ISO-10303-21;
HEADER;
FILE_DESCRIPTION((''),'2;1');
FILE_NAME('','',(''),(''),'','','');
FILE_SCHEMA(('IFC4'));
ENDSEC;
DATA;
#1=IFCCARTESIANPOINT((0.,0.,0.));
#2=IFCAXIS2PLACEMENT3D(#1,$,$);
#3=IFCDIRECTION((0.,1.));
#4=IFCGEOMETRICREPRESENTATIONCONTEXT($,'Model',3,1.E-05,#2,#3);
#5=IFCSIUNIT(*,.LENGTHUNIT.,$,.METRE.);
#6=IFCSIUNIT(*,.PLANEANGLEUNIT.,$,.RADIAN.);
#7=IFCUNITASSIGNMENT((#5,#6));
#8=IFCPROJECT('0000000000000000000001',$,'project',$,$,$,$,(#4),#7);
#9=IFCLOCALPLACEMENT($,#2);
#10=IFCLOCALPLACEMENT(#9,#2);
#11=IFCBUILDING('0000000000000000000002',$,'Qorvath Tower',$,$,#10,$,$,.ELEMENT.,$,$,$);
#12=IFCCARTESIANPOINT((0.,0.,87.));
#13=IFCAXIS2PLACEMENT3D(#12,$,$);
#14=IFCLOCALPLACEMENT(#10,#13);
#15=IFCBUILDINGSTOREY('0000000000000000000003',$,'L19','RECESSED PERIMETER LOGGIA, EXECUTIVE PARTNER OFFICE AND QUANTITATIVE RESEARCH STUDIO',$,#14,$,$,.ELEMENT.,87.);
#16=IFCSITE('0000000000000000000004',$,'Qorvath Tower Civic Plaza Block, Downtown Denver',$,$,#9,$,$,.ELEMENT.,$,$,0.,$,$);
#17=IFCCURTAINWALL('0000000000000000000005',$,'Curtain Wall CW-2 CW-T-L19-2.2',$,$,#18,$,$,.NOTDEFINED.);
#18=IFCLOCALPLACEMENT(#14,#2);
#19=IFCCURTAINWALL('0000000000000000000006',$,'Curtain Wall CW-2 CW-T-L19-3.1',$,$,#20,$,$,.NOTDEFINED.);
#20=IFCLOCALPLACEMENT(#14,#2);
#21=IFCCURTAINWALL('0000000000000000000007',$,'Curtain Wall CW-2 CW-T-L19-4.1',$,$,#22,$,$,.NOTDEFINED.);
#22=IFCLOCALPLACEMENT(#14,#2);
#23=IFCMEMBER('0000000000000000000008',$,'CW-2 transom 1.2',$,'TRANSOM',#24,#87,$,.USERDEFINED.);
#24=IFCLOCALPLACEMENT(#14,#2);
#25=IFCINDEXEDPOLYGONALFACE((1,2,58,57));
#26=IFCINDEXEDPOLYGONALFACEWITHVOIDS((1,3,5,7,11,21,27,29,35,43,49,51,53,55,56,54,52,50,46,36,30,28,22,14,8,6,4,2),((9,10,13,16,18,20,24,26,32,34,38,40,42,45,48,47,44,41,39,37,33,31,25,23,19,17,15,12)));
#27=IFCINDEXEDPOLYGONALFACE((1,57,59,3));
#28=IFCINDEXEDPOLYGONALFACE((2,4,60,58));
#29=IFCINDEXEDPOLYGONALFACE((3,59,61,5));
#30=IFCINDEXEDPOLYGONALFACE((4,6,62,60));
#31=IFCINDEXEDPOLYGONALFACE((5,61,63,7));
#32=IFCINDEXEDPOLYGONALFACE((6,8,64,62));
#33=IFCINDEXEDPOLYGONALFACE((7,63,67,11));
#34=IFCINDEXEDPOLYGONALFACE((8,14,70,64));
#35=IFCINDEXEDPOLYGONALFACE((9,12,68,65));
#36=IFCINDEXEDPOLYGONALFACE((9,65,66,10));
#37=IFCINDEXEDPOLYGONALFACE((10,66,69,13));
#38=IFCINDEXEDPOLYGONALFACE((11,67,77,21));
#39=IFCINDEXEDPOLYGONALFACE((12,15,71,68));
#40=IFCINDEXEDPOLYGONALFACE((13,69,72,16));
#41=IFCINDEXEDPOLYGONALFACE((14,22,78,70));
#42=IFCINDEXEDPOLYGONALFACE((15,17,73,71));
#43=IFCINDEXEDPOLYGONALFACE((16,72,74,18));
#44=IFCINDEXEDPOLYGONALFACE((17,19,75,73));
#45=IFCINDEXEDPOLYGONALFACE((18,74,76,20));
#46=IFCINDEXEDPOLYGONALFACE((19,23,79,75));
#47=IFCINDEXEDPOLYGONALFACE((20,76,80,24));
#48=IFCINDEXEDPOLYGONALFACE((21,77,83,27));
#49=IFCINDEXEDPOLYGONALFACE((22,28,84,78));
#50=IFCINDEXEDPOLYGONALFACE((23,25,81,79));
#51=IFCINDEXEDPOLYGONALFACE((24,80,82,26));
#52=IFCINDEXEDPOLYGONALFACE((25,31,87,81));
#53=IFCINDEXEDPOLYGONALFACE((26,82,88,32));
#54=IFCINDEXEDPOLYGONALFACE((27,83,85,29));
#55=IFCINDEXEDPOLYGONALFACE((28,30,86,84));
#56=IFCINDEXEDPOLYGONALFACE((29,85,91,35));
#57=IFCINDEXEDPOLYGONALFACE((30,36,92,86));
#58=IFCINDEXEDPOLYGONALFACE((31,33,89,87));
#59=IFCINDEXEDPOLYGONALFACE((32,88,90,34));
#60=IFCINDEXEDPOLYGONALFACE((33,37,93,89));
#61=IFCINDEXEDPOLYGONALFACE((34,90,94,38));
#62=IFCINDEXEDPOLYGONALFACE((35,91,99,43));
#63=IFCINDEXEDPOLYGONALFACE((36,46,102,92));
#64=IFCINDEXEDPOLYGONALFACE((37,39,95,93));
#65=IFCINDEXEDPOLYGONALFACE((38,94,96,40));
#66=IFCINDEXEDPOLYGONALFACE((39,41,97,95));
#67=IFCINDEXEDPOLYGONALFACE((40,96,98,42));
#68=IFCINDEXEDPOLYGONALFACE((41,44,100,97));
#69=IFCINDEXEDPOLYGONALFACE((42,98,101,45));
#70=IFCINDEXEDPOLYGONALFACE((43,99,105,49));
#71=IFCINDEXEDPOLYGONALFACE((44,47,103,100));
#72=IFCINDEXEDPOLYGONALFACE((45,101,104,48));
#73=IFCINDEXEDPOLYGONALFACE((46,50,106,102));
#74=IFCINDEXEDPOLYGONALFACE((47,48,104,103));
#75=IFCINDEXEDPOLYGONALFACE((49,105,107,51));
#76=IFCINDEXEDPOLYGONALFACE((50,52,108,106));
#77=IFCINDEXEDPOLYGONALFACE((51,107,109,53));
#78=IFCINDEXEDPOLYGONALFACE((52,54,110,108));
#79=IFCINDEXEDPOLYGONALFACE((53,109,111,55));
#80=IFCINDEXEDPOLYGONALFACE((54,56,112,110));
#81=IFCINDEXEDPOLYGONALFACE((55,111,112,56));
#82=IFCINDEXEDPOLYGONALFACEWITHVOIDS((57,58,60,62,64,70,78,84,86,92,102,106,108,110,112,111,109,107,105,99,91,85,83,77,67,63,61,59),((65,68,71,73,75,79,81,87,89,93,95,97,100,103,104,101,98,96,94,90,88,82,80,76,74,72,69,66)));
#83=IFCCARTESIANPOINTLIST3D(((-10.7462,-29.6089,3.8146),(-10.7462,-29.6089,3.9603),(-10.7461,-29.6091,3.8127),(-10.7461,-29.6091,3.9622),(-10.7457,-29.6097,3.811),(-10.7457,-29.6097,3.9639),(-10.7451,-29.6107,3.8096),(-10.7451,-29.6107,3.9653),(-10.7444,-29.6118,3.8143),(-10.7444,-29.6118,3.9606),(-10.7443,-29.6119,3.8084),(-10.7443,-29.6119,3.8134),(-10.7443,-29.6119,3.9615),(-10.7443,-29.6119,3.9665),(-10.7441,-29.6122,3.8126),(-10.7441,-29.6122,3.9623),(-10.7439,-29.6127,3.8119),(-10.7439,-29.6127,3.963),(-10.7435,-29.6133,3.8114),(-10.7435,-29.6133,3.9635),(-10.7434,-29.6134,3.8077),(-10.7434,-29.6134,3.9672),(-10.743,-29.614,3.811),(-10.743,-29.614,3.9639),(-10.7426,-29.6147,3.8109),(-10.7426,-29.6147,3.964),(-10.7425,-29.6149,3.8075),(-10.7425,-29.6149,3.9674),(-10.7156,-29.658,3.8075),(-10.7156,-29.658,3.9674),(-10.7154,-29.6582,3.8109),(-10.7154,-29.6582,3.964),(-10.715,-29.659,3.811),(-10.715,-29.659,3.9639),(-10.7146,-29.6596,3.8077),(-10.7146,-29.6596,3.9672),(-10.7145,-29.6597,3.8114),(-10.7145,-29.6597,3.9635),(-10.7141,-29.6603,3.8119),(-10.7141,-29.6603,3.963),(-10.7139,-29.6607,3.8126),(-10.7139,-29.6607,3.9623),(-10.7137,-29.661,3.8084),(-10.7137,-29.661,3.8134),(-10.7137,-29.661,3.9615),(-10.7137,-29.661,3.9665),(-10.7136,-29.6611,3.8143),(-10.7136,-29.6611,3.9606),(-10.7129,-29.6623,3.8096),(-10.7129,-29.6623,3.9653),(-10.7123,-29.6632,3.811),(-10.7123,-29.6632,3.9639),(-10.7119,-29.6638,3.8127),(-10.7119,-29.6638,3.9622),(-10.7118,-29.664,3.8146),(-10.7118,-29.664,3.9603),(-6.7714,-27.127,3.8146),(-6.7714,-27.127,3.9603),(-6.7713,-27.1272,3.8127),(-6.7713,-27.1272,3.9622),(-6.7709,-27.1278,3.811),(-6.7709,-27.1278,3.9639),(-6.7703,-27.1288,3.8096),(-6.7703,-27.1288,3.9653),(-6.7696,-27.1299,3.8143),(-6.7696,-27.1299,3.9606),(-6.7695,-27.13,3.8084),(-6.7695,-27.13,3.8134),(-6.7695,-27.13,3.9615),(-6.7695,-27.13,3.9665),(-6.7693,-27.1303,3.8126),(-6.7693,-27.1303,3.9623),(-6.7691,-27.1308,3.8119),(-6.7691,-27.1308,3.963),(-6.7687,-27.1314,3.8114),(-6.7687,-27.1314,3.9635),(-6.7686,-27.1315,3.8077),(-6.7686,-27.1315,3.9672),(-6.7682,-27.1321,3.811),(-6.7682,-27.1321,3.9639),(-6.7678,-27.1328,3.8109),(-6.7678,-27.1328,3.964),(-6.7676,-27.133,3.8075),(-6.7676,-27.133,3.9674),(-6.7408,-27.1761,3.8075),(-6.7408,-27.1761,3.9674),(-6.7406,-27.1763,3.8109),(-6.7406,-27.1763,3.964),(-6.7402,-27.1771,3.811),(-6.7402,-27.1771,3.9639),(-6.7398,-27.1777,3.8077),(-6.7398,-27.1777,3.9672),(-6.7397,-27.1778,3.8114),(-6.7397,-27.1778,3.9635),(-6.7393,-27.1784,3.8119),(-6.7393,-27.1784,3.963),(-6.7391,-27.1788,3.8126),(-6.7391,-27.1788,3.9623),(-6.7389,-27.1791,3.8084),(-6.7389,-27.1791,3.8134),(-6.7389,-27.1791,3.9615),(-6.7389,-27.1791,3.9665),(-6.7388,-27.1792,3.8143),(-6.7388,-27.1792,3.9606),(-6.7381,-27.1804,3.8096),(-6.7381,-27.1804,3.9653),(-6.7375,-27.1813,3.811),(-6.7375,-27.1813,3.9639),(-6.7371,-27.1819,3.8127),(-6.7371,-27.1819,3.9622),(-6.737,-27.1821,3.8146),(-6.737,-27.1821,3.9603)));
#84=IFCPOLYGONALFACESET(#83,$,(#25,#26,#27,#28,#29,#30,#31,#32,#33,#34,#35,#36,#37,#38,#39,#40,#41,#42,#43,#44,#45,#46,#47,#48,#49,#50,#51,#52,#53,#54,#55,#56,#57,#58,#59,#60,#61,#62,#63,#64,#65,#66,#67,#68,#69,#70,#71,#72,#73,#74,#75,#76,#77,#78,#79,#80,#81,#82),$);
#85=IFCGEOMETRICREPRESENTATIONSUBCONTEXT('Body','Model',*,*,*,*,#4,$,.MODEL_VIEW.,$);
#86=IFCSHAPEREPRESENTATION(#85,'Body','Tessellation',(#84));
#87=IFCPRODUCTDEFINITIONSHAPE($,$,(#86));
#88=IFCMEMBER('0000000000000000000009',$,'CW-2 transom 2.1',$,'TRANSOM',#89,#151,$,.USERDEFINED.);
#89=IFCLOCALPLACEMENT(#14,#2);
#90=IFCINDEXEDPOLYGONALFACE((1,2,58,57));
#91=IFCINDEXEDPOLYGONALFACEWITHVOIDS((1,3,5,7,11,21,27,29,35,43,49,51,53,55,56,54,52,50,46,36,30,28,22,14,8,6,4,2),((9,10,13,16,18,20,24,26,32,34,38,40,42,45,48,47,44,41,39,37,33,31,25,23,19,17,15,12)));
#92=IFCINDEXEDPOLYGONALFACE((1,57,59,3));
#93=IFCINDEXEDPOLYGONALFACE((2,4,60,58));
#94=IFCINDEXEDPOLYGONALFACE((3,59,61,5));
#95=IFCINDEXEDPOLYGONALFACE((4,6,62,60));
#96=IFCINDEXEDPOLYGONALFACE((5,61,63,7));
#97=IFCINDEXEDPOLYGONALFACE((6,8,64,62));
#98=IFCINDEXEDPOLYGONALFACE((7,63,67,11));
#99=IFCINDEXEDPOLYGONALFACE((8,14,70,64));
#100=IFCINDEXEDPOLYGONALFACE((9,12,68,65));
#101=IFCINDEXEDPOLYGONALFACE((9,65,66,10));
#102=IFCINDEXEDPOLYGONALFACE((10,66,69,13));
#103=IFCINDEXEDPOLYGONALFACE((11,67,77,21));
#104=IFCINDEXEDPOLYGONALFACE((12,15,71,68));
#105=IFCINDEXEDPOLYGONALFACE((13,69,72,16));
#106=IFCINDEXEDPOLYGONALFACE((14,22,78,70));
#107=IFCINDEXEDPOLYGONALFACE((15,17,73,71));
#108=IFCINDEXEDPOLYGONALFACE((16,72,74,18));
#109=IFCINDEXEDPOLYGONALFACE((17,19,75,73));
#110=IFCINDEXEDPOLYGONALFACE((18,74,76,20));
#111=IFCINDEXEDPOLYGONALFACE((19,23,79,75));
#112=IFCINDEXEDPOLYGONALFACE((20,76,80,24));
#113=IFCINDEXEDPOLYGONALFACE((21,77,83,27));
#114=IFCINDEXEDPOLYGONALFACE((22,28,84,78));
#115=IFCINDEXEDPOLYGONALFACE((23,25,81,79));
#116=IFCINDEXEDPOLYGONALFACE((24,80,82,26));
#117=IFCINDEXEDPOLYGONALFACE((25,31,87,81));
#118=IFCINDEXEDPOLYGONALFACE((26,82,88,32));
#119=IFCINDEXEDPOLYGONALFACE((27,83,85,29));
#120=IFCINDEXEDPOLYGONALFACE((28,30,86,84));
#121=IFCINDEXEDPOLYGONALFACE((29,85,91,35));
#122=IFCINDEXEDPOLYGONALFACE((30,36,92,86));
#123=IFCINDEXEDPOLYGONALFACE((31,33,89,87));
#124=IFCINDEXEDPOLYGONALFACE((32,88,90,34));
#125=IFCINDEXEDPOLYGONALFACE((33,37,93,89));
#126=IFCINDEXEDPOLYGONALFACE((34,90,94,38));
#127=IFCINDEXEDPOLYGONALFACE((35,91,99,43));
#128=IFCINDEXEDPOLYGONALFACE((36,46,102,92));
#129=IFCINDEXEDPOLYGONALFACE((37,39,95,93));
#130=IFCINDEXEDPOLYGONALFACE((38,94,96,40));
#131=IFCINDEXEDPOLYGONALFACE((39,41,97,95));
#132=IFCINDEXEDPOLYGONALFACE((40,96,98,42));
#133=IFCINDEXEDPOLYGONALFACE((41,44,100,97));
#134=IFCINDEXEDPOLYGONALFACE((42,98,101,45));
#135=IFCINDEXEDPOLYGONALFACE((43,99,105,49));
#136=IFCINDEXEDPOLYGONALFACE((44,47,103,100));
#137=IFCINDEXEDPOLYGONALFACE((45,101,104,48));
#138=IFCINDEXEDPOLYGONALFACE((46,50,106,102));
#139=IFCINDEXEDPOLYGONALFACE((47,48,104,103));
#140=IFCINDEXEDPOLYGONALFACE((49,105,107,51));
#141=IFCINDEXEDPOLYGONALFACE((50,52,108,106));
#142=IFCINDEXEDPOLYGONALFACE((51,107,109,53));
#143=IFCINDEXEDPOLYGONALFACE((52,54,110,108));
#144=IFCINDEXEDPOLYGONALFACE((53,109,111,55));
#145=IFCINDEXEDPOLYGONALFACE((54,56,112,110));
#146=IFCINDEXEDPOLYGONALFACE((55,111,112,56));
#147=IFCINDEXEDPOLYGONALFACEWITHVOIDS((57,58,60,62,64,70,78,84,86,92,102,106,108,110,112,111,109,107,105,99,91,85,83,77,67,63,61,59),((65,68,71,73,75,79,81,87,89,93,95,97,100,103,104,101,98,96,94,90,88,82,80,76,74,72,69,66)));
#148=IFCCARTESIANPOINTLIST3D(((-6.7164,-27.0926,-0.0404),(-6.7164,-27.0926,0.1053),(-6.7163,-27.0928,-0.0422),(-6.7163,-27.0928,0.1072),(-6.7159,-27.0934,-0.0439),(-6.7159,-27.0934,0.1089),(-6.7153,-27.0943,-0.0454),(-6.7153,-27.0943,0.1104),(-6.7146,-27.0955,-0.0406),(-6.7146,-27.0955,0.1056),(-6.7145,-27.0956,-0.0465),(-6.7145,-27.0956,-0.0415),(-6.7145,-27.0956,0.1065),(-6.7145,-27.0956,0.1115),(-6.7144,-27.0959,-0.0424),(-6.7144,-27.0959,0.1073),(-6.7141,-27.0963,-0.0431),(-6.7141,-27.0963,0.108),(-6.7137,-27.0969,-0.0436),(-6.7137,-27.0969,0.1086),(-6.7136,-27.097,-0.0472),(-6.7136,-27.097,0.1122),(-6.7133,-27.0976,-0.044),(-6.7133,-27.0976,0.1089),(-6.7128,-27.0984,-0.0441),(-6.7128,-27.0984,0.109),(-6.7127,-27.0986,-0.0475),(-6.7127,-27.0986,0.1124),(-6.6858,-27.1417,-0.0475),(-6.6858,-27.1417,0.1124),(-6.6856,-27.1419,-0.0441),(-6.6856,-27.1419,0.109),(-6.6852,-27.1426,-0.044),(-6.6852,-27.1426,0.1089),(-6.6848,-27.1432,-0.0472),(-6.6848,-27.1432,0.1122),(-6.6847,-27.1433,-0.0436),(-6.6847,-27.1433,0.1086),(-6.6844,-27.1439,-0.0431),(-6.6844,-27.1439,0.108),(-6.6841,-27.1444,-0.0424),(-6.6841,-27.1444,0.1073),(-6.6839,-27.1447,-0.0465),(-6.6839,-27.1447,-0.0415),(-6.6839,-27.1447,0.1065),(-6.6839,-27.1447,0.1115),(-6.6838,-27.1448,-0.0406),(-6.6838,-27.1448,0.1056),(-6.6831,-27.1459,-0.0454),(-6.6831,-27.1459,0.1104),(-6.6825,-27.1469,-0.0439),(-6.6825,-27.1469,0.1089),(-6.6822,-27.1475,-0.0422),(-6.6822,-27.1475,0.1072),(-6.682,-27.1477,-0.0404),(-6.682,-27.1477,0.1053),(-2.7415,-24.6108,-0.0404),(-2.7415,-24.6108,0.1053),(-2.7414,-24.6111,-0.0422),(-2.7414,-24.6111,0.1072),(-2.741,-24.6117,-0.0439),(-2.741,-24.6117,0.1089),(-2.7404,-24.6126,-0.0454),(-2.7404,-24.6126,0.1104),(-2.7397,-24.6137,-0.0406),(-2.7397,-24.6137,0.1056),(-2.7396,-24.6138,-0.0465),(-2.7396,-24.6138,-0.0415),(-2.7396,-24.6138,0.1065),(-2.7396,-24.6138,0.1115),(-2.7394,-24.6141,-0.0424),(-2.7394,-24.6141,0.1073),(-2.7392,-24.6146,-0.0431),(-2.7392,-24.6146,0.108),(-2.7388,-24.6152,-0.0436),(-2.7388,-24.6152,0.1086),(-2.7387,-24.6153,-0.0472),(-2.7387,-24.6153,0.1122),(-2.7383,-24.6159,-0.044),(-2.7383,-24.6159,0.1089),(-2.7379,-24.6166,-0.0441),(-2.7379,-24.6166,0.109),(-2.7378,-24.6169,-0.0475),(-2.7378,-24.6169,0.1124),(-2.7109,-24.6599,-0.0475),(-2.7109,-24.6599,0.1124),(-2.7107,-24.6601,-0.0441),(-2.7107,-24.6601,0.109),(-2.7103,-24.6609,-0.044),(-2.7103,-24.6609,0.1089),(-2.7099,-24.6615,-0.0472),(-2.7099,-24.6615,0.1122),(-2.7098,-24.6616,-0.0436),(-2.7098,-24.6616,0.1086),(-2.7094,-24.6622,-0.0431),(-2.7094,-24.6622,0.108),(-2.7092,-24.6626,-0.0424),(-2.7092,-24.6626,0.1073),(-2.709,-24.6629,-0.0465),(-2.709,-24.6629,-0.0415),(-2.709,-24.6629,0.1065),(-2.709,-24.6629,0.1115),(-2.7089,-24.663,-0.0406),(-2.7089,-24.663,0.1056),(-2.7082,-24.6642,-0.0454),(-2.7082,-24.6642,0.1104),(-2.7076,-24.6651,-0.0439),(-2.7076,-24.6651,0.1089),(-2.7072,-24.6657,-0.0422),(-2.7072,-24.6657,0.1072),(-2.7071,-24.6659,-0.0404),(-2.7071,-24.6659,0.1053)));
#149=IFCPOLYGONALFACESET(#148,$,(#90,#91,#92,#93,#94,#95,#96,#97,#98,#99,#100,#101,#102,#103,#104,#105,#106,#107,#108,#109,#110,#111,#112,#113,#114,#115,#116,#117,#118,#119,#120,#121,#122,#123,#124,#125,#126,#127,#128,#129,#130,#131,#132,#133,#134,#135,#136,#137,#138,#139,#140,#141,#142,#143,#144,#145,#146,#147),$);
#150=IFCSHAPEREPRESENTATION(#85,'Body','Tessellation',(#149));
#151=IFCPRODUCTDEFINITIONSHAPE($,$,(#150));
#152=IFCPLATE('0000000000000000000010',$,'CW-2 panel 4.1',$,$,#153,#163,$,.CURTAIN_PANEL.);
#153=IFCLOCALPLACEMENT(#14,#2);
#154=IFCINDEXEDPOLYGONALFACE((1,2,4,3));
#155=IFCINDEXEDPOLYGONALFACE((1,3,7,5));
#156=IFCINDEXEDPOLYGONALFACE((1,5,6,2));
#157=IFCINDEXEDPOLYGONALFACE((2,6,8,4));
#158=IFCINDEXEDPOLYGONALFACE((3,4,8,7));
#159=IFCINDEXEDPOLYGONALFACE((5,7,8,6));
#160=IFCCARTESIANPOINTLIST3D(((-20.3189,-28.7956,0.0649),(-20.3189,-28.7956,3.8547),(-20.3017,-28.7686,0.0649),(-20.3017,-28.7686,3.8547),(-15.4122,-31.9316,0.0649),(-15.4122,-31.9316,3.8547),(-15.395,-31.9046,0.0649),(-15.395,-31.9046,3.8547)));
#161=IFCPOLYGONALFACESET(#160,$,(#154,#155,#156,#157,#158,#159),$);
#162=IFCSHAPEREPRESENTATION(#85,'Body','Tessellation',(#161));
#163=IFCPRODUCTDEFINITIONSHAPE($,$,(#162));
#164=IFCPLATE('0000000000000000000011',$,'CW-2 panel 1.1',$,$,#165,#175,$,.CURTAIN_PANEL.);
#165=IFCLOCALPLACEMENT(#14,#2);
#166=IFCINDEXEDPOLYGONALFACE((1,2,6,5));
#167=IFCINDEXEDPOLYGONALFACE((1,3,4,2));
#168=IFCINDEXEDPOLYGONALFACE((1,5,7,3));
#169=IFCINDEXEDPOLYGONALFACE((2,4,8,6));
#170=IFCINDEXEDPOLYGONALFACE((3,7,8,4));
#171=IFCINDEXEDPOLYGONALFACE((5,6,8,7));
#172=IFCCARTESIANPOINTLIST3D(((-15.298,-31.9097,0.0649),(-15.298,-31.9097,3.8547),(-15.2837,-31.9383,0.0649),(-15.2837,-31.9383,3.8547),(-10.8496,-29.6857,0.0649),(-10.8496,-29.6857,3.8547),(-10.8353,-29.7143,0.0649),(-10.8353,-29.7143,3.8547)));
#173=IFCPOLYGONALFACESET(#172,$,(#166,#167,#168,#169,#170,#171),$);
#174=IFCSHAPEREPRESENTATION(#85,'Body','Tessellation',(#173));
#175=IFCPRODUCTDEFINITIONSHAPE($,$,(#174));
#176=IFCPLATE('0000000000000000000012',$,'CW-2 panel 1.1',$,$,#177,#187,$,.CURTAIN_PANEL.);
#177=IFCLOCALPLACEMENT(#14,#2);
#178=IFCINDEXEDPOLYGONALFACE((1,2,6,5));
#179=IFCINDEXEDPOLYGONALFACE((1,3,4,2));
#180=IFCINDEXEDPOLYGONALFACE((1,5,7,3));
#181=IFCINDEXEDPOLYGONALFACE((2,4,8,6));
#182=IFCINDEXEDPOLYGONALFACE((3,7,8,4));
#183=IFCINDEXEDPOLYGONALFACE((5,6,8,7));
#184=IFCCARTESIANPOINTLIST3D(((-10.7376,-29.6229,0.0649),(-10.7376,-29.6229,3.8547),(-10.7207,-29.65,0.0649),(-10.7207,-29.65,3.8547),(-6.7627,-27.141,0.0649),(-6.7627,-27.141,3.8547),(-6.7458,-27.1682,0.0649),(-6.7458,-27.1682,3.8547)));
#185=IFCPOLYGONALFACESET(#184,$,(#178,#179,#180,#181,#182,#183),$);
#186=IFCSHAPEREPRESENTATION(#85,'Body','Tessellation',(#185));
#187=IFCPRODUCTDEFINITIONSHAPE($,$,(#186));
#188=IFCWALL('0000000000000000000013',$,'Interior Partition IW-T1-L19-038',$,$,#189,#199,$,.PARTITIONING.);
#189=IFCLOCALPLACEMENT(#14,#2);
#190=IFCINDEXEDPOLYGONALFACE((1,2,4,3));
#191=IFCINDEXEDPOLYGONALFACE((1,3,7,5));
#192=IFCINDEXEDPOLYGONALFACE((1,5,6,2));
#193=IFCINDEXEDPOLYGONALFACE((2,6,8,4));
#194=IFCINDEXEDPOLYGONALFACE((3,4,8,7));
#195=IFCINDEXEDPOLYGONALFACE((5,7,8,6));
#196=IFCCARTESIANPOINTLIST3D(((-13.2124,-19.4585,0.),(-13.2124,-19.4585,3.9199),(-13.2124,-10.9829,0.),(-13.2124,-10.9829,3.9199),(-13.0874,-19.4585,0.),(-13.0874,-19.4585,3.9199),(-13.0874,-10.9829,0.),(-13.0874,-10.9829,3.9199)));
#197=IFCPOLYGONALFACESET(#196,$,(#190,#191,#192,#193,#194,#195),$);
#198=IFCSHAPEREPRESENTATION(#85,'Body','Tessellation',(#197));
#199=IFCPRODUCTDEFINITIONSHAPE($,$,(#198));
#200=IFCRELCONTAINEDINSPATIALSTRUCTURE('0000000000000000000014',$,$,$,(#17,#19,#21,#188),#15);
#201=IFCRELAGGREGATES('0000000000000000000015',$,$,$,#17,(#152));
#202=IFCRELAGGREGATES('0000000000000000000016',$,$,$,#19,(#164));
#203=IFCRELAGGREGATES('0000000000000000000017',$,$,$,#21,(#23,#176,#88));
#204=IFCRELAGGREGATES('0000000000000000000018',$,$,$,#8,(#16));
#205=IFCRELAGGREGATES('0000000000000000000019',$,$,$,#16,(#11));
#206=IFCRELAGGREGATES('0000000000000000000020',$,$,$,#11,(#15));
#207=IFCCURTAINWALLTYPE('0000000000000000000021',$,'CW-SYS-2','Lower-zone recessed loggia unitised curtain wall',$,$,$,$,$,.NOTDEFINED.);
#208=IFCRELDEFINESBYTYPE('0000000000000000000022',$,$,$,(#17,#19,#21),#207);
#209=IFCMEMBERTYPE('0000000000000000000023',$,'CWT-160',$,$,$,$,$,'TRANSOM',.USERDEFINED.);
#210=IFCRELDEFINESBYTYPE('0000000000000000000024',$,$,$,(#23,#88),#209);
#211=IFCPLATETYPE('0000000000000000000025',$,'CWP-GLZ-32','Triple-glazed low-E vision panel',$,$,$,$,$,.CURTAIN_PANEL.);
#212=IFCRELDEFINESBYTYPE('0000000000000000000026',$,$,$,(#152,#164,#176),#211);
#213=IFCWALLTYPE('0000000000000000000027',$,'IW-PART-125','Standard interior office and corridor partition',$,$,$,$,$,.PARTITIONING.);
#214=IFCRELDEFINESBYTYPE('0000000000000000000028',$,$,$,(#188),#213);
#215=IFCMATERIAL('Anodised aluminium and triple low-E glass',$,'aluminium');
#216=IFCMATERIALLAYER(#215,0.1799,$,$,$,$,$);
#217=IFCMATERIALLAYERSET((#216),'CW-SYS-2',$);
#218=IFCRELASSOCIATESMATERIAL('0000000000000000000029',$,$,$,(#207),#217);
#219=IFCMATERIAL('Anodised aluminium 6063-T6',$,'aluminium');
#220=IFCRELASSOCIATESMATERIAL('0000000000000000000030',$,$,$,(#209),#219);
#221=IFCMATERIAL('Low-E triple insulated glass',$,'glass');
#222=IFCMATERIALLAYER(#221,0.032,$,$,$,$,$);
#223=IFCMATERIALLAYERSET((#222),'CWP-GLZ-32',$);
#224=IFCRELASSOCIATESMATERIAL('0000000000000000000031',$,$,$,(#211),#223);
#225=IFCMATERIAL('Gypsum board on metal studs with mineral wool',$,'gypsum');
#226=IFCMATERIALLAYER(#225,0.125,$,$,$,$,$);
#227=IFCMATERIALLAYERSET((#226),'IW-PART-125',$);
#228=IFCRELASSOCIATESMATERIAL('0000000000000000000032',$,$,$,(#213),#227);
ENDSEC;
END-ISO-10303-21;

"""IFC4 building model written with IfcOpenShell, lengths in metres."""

from ifc_helpers import new_model, si_unit, direction, frame, frame_2d, origin, origin_2d, place, context, subcontext, project, spatial, rectangle, hollow_rectangle, extrude, material, layer, layer_set, material_profile, profile_set, type_object, element, aggregate, save


model = new_model("IFC4")

# Units and contexts
model_context = context("Model", 3, precision=1e-05, world=origin(), true_north=direction((0.0, 1.0)))
body_context = subcontext(model_context, "Body", "Model", "MODEL_VIEW")
ifc_project = project(units=[si_unit("LENGTHUNIT", "METRE"), si_unit("PLANEANGLEUNIT", "RADIAN")], contexts=[model_context])

# Site, building, storey
site_placement = place(None, origin())
site = spatial("IfcSite", under=ifc_project, at=site_placement, Name="Qorvath Tower Civic Plaza Block, Downtown Denver", CompositionType="ELEMENT", RefElevation=0.0)
building_placement = place(site_placement, origin())
building = spatial("IfcBuilding", under=site, at=building_placement, Name="Qorvath Tower", CompositionType="ELEMENT")
storey_placement = place(building_placement, frame((0.0, 0.0, 87.0)))
storey = spatial("IfcBuildingStorey", under=building, at=storey_placement, Name="L19", Description="RECESSED PERIMETER LOGGIA, EXECUTIVE PARTNER OFFICE AND QUANTITATIVE RESEARCH STUDIO", CompositionType="ELEMENT", Elevation=87.0)

# Curtain wall
ifc_material_1 = material(Name="Anodised aluminium and triple low-E glass", Category="aluminium")
ifc_layer_1 = layer(ifc_material_1, 0.1799)
ifc_layer_set_1 = layer_set([ifc_layer_1], Name="CW-SYS-2")
curtain_wall_type = type_object("IfcCurtainWallType", Name="CW-SYS-2", Description="Lower-zone recessed loggia unitised curtain wall", PredefinedType="NOTDEFINED", material=ifc_layer_set_1)
curtain_wall_1_placement = place(storey_placement, origin())
curtain_wall_1 = element("IfcCurtainWall", 1, at=curtain_wall_1_placement, inside=storey, type_object=curtain_wall_type, Name="Curtain Wall CW-2 CW-T-L19-2.2", PredefinedType="NOTDEFINED")

# Curtain walls
curtain_wall_2_placement = place(storey_placement, origin())
curtain_wall_2 = element("IfcCurtainWall", 2, at=curtain_wall_2_placement, inside=storey, type_object=curtain_wall_type, Name="Curtain Wall CW-2 CW-T-L19-3.1", PredefinedType="NOTDEFINED")
curtain_wall_3_placement = place(storey_placement, origin())
curtain_wall_3 = element("IfcCurtainWall", 3, at=curtain_wall_3_placement, inside=storey, type_object=curtain_wall_type, Name="Curtain Wall CW-2 CW-T-L19-4.1", PredefinedType="NOTDEFINED")

# Members
ifc_material_2 = material(Name="Anodised aluminium 6063-T6", Category="aluminium")
ifc_material_profile_1 = material_profile(ifc_material_2, hollow_rectangle(XDim=0.0649, YDim=0.1599, WallThickness=0.0034, InnerFilletRadius=0.0034, OuterFilletRadius=0.0071, at=origin_2d()), Name="CWT 160x65")
ifc_profile_set_1 = profile_set([ifc_material_profile_1], Name="Anodised aluminium 6063-T6")
member_type_1 = type_object("IfcMemberType", Name="CWT-160", ElementType="TRANSOM", PredefinedType="USERDEFINED", material=ifc_profile_set_1)
member_1_placement = place(storey_placement, frame((-10.729, -29.6365, 3.8875), z_axis=(0.848224, 0.529638, 0.0), x_axis=(-0.529638, 0.848224, 0.0)))
member_1 = element("IfcMember", 4, at=member_1_placement, type_object=member_type_1, Name="CW-2 transom 1.2", ObjectType="TRANSOM", PredefinedType="USERDEFINED", context=body_context, shape_type="SweptSolid", body=[
    extrude(hollow_rectangle(XDim=0.0649, YDim=0.1599, WallThickness=0.0034, InnerFilletRadius=0.0034, OuterFilletRadius=0.0071, at=origin_2d()), origin(), (0.0, 0.0, 1.0), 4.686),
])
member_2_placement = place(storey_placement, frame((-6.6992, -27.1201, 0.0325), z_axis=(0.848247, 0.529601, 0.0), x_axis=(-0.529601, 0.848247, 0.0)))
member_2 = element("IfcMember", 5, at=member_2_placement, type_object=member_type_1, Name="CW-2 transom 2.1", ObjectType="TRANSOM", PredefinedType="USERDEFINED", context=body_context, shape_type="SweptSolid", body=[
    extrude(hollow_rectangle(XDim=0.0649, YDim=0.1599, WallThickness=0.0034, InnerFilletRadius=0.0034, OuterFilletRadius=0.0071, at=origin_2d()), origin(), (0.0, 0.0, 1.0), 4.686),
])

# Plates
ifc_material_3 = material(Name="Low-E triple insulated glass", Category="glass")
ifc_layer_2 = layer(ifc_material_3, 0.032)
ifc_layer_set_2 = layer_set([ifc_layer_2], Name="CWP-GLZ-32")
plate_type = type_object("IfcPlateType", Name="CWP-GLZ-32", Description="Triple-glazed low-E vision panel", PredefinedType="CURTAIN_PANEL", material=ifc_layer_set_2)
plate_1_placement = place(storey_placement, frame((-17.8569, -30.3501, 0.0649), z_axis=(0.0, 0.0, 1.0), x_axis=(0.842604, -0.538533, 0.0)))
plate_1 = element("IfcPlate", 6, at=plate_1_placement, type_object=plate_type, Name="CW-2 panel 4.1", PredefinedType="CURTAIN_PANEL", context=body_context, shape_type="SweptSolid", body=[
    extrude(rectangle(XDim=5.8232, YDim=0.032, at=origin_2d()), origin(), (0.0, 0.0, 1.0), 3.7898),
])
aggregate(curtain_wall_1, [plate_1])
plate_2_placement = place(storey_placement, frame((-13.0667, -30.812, 0.0649), z_axis=(0.0, 0.0, 1.0), x_axis=(0.894439, 0.44719, 0.0)))
plate_2 = element("IfcPlate", 7, at=plate_2_placement, type_object=plate_type, Name="CW-2 panel 1.1", PredefinedType="CURTAIN_PANEL", context=body_context, shape_type="SweptSolid", body=[
    extrude(rectangle(XDim=4.9734, YDim=0.032, at=origin_2d()), origin(), (0.0, 0.0, 1.0), 3.7898),
])
aggregate(curtain_wall_2, [plate_2])
plate_3_placement = place(storey_placement, frame((-8.7417, -28.3955, 0.0649), z_axis=(0.0, 0.0, 1.0), x_axis=(0.848232, 0.529625, 0.0)))
plate_3 = element("IfcPlate", 8, at=plate_3_placement, type_object=plate_type, Name="CW-2 panel 1.1", PredefinedType="CURTAIN_PANEL", context=body_context, shape_type="SweptSolid", body=[
    extrude(rectangle(XDim=4.686, YDim=0.032, at=origin_2d()), origin(), (0.0, 0.0, 1.0), 3.7898),
])
aggregate(curtain_wall_3, [member_1, plate_3, member_2])

# Wall
ifc_material_4 = material(Name="Gypsum board on metal studs with mineral wool", Category="gypsum")
ifc_layer_3 = layer(ifc_material_4, 0.125)
ifc_layer_set_3 = layer_set([ifc_layer_3], Name="IW-PART-125")
wall_type_1 = type_object("IfcWallType", Name="IW-PART-125", Description="Standard interior office and corridor partition", PredefinedType="PARTITIONING", material=ifc_layer_set_3)
wall_1_placement = place(storey_placement, frame((-13.1499, -19.4585, 0.0), z_axis=(0.0, 0.0, 1.0), x_axis=(0.0, 1.0, 0.0)))
element("IfcWall", 9, at=wall_1_placement, inside=storey, type_object=wall_type_1, Name="Interior Partition IW-T1-L19-038", PredefinedType="PARTITIONING", context=body_context, shape_type="SweptSolid", body=[
    extrude(rectangle(XDim=8.4756, YDim=0.125, at=frame_2d((4.2378, 0.0))), origin(), (0.0, 0.0, 1.0), 3.9199),
])

save(model, "model.ifc")
